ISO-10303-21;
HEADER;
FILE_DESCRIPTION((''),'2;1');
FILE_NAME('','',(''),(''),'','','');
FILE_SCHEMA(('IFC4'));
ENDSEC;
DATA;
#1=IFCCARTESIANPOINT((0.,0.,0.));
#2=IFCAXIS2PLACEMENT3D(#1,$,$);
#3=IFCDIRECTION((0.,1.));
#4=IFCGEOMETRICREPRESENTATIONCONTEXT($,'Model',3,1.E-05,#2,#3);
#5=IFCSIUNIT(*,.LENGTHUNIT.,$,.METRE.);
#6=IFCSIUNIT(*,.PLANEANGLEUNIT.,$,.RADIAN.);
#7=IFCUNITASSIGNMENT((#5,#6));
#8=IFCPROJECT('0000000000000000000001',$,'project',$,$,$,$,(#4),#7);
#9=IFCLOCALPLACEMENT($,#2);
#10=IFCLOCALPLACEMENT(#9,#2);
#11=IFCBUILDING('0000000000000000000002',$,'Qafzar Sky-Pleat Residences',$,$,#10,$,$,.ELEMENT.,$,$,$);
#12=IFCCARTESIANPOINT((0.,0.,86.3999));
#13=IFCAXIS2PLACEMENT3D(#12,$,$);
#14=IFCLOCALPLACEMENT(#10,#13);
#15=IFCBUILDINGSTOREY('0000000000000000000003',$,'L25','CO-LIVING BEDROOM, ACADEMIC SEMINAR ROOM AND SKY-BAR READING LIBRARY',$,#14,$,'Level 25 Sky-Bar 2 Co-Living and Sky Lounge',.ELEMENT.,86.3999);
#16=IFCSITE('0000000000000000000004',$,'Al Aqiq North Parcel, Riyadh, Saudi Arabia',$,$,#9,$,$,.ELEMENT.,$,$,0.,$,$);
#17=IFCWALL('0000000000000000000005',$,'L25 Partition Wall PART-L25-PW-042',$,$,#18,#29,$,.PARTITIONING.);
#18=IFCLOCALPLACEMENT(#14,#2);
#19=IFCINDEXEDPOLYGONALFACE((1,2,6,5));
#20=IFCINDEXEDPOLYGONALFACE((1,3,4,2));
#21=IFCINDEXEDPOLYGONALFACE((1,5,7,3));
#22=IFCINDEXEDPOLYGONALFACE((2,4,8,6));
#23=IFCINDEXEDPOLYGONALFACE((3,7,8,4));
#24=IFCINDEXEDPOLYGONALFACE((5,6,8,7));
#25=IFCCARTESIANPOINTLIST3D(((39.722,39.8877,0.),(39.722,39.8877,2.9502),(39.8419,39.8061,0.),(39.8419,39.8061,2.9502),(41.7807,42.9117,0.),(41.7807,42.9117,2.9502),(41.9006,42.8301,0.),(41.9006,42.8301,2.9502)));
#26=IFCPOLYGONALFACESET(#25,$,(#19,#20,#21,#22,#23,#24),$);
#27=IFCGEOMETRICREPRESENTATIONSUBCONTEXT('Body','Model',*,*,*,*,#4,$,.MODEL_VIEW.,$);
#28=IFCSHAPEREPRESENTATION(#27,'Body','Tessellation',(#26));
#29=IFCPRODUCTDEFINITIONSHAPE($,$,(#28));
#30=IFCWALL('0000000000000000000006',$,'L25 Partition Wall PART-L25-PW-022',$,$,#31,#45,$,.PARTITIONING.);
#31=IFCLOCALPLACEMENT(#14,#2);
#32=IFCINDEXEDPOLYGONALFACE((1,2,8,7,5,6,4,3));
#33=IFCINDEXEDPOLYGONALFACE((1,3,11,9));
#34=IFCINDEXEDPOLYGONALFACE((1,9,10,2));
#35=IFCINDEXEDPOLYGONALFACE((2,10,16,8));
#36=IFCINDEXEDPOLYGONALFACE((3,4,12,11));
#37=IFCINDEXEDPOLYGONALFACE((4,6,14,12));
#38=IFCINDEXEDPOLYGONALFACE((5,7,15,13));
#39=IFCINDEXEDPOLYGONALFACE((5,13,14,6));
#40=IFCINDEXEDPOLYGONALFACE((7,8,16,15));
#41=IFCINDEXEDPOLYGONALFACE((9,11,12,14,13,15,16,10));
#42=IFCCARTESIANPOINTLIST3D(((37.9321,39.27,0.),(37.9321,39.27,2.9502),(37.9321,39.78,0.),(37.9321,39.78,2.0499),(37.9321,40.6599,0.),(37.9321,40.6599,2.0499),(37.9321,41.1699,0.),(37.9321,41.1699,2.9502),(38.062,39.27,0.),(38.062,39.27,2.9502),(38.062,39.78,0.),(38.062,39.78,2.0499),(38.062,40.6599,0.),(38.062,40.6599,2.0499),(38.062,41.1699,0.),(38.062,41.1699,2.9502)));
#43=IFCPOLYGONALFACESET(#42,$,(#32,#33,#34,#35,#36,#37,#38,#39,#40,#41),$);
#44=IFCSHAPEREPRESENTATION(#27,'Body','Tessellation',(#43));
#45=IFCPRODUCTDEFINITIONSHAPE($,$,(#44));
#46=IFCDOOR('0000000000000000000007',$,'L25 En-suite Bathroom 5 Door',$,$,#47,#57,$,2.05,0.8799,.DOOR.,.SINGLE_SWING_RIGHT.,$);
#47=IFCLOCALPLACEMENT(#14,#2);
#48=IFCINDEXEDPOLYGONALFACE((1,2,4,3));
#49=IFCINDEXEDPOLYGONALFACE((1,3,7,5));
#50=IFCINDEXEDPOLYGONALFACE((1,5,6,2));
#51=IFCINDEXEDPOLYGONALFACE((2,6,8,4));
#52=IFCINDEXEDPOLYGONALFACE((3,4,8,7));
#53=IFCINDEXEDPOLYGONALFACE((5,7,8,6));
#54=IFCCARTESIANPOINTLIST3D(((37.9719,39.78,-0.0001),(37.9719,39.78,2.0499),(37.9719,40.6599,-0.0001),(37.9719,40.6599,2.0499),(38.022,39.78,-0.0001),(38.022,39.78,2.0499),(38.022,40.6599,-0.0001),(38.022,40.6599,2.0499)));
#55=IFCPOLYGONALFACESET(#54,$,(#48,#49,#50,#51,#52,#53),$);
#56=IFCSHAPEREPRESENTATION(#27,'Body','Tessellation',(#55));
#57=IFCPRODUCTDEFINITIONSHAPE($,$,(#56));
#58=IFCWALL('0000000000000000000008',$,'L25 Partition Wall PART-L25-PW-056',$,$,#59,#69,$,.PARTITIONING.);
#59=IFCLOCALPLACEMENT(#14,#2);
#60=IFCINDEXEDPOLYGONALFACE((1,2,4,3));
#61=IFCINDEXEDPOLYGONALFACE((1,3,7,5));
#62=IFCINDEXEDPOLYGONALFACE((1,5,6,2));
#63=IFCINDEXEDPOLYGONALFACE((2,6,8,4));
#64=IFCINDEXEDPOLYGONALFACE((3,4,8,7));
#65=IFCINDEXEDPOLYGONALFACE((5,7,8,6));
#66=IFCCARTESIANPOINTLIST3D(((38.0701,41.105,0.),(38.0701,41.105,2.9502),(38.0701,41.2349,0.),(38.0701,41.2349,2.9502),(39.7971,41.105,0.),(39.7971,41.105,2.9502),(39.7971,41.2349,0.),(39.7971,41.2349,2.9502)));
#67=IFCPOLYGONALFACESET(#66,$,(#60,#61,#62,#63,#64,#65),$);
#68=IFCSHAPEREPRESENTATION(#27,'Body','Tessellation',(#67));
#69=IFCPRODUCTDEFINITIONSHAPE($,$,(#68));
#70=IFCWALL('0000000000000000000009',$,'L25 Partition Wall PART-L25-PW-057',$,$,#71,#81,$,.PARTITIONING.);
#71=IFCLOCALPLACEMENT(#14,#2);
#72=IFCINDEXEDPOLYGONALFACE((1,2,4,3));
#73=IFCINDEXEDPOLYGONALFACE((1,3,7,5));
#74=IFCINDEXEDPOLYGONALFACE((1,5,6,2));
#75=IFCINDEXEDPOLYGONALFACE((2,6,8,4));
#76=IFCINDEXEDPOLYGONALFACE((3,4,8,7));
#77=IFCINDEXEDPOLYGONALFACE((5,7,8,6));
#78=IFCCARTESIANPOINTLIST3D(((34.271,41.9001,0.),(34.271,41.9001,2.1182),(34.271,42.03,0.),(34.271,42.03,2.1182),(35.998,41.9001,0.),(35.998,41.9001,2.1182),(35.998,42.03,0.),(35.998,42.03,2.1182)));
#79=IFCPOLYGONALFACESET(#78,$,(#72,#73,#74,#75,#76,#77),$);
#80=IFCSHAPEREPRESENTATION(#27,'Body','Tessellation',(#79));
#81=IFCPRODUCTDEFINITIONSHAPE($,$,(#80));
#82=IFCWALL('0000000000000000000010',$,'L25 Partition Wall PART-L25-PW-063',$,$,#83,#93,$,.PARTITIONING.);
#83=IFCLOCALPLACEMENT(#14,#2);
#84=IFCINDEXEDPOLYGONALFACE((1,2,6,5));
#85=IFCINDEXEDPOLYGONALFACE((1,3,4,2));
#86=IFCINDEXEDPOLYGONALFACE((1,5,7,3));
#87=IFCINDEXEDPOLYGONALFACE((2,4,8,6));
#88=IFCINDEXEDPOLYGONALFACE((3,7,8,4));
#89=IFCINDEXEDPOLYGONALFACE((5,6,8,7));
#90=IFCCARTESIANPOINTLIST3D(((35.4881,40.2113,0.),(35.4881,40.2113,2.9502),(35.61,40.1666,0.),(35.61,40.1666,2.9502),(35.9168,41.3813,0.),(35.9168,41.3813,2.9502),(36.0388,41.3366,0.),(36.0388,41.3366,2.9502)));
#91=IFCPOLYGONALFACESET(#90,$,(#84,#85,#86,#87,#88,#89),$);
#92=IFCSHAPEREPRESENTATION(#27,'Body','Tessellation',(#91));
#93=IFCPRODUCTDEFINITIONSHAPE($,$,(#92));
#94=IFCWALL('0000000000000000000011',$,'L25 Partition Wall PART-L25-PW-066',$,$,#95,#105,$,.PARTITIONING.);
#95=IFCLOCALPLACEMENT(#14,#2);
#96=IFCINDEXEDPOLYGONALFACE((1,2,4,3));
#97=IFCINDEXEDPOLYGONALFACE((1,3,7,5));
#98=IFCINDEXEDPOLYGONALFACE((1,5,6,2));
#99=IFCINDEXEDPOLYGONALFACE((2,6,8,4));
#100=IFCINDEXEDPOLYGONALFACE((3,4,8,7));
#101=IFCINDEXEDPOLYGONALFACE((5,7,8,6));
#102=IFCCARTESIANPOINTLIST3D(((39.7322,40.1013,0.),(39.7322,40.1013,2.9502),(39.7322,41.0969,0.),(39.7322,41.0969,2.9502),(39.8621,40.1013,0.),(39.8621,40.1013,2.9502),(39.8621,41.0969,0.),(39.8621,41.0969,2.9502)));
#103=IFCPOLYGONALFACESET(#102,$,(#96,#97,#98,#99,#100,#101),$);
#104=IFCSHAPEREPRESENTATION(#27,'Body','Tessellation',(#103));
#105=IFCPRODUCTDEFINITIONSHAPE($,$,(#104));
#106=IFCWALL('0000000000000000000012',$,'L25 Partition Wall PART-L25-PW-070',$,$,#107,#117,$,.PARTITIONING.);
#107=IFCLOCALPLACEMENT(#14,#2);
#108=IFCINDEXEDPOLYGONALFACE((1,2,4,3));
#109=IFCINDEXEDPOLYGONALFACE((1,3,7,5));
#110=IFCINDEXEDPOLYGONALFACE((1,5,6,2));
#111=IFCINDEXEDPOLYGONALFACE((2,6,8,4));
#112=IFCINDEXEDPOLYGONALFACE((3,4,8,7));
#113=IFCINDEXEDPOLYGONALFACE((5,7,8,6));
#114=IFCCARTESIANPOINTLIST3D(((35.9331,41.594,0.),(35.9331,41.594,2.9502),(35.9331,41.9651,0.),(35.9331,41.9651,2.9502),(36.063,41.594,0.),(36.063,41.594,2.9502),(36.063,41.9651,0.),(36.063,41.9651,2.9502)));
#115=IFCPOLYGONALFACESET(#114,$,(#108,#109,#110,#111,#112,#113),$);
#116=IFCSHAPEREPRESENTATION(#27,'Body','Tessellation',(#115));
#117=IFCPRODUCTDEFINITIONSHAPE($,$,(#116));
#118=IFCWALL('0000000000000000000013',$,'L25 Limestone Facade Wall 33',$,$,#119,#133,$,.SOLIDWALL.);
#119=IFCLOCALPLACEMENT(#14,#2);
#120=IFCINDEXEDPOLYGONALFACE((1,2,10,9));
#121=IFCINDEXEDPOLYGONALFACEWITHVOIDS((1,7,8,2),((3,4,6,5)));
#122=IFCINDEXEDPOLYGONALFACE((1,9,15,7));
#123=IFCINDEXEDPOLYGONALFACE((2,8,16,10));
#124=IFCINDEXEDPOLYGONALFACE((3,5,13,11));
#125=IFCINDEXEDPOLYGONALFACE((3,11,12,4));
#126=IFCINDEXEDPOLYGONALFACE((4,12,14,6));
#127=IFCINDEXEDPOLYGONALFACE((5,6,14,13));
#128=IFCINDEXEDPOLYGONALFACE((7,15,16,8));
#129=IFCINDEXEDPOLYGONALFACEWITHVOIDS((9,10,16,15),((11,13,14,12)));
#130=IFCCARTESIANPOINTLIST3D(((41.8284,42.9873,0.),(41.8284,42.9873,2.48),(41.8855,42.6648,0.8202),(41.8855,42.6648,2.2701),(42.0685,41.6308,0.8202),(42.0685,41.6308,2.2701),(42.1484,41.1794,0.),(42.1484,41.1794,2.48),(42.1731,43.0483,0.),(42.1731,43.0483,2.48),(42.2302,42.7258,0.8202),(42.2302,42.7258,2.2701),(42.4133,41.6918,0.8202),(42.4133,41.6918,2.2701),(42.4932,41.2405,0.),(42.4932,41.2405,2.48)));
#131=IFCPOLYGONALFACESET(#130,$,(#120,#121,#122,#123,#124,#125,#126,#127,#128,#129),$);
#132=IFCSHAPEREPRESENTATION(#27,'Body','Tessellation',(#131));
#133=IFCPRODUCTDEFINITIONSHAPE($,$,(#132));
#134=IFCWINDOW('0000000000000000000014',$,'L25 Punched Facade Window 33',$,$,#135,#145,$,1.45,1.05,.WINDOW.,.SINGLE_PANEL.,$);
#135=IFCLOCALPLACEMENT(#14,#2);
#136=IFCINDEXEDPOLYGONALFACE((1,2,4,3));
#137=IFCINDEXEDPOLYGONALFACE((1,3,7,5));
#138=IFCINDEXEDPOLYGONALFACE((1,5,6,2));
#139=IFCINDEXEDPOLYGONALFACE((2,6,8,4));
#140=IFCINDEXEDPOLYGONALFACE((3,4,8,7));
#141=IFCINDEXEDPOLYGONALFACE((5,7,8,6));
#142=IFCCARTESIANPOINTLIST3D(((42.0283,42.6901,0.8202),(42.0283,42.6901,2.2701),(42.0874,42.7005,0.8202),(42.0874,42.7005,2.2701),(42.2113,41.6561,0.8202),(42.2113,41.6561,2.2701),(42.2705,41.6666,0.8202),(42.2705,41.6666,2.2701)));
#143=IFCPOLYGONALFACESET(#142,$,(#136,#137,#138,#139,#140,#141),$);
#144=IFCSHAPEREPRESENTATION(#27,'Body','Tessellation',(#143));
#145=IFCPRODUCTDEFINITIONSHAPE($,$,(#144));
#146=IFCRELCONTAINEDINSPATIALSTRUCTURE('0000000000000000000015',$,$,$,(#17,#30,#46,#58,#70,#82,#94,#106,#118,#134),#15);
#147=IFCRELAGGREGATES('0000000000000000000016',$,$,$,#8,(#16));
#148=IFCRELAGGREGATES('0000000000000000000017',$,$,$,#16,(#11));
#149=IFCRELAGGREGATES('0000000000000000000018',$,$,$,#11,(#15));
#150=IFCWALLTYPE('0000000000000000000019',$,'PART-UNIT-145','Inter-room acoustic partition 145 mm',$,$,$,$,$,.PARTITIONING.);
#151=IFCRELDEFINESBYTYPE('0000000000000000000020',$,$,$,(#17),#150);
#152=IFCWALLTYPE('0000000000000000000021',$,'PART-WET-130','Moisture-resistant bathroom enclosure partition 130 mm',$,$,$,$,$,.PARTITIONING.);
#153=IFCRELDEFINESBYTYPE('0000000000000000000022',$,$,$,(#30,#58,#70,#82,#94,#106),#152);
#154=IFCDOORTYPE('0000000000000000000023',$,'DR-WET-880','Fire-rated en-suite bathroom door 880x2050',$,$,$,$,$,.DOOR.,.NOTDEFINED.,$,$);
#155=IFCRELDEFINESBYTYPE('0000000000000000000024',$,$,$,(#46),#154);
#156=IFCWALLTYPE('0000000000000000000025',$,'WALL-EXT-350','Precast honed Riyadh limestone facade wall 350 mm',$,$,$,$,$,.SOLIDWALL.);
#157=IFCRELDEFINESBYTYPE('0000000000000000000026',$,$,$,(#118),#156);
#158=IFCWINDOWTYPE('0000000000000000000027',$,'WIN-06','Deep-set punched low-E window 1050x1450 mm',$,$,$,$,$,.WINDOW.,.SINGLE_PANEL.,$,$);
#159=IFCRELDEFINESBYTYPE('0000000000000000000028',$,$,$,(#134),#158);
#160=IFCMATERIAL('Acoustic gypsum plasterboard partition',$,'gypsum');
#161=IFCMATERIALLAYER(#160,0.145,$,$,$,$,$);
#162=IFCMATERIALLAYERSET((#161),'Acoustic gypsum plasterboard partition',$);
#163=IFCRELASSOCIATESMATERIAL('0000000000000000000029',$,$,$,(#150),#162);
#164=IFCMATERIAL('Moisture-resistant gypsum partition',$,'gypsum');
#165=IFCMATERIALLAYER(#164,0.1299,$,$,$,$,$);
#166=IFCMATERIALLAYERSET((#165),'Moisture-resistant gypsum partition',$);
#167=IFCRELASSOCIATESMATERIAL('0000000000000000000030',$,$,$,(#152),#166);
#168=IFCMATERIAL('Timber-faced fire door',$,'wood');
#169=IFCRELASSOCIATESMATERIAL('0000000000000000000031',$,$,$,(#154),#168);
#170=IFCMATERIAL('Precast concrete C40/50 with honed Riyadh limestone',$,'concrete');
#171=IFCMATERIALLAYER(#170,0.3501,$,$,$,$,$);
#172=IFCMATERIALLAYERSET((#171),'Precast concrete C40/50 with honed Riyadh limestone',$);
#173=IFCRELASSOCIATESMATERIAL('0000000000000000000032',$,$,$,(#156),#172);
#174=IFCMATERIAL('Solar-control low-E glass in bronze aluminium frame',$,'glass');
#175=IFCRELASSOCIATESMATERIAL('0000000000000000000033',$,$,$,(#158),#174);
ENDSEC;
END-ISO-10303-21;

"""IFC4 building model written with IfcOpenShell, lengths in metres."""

from ifc_helpers import new_model, si_unit, direction, frame, frame_2d, origin, place, context, subcontext, project, spatial, rectangle, extrude, source, transform, mapped, material, layer, layer_set, type_object, element, fill, save


model = new_model("IFC4")

# Units and contexts
model_context = context("Model", 3, precision=1e-05, world=origin(), true_north=direction((0.0, 1.0)))
body_context = subcontext(model_context, "Body", "Model", "MODEL_VIEW")
ifc_project = project(units=[si_unit("LENGTHUNIT", "METRE"), si_unit("PLANEANGLEUNIT", "RADIAN")], contexts=[model_context])

# Site, building, storey
site_placement = place(None, origin())
site = spatial("IfcSite", under=ifc_project, at=site_placement, Name="Al Aqiq North Parcel, Riyadh, Saudi Arabia", CompositionType="ELEMENT", RefElevation=0.0)
building_placement = place(site_placement, origin())
building = spatial("IfcBuilding", under=site, at=building_placement, Name="Qafzar Sky-Pleat Residences", CompositionType="ELEMENT")
storey_placement = place(building_placement, frame((0.0, 0.0, 86.3999)))
storey = spatial("IfcBuildingStorey", under=building, at=storey_placement, Name="L25", Description="CO-LIVING BEDROOM, ACADEMIC SEMINAR ROOM AND SKY-BAR READING LIBRARY", LongName="Level 25 Sky-Bar 2 Co-Living and Sky Lounge", CompositionType="ELEMENT", Elevation=86.3999)

# Wall
ifc_material_1 = material(Name="Acoustic gypsum plasterboard partition", Category="gypsum")
ifc_layer_1 = layer(ifc_material_1, 0.145)
ifc_layer_set_1 = layer_set([ifc_layer_1], Name="Acoustic gypsum plasterboard partition")
wall_type_1 = type_object("IfcWallType", Name="PART-UNIT-145", Description="Inter-room acoustic partition 145 mm", PredefinedType="PARTITIONING", material=ifc_layer_set_1)
wall_1_placement = place(storey_placement, frame((39.782, 39.8469, 0.0), z_axis=(0.0, 0.0, 1.0), x_axis=(0.562744, 0.826631, 0.0)))
element("IfcWall", 1, at=wall_1_placement, inside=storey, type_object=wall_type_1, Name="L25 Partition Wall PART-L25-PW-042", PredefinedType="PARTITIONING", context=body_context, shape_type="SweptSolid", body=[
    extrude(rectangle(XDim=3.6582, YDim=0.145, at=frame_2d((1.8291, 0.0))), origin(), (0.0, 0.0, 1.0), 2.9502),
])

# Wall, opening, door
ifc_material_2 = material(Name="Moisture-resistant gypsum partition", Category="gypsum")
ifc_layer_2 = layer(ifc_material_2, 0.1299)
ifc_layer_set_2 = layer_set([ifc_layer_2], Name="Moisture-resistant gypsum partition")
wall_type_2 = type_object("IfcWallType", Name="PART-WET-130", Description="Moisture-resistant bathroom enclosure partition 130 mm", PredefinedType="PARTITIONING", material=ifc_layer_set_2)
wall_2_placement = place(storey_placement, frame((37.9971, 41.1699, 0.0), z_axis=(0.0, 0.0, 1.0), x_axis=(0.0, -1.0, 0.0)))
wall_2 = element("IfcWall", 2, at=wall_2_placement, inside=storey, type_object=wall_type_2, Name="L25 Partition Wall PART-L25-PW-022", PredefinedType="PARTITIONING", context=body_context, shape_type="SweptSolid", body=[
    extrude(rectangle(XDim=1.8999, YDim=0.1299, at=frame_2d((0.95, 0.0))), origin(), (0.0, 0.0, 1.0), 2.9502),
])
opening_1_placement = place(wall_2_placement, frame((0.51, 0.0, 0.0)))
opening_1 = element("IfcOpeningElement", 3, at=opening_1_placement, cuts=wall_2, PredefinedType="OPENING", context=body_context, shape_type="SweptSolid", body=[
    extrude(rectangle(XDim=0.8799, YDim=2.05, at=frame_2d((0.4399, 1.0249))), frame((0.0, 0.075, 0.0), z_axis=(0.0, -1.0, 0.0), x_axis=(1.0, 0.0, 0.0)), (0.0, 0.0, 1.0), 0.1499),
])
ifc_material_3 = material(Name="Timber-faced fire door", Category="wood")
door_type = type_object("IfcDoorType", Name="DR-WET-880", Description="Fire-rated en-suite bathroom door 880x2050", OperationType="NOTDEFINED", PredefinedType="DOOR", material=ifc_material_3)
shared_shape_1 = source(origin(), body_context, "Body", "SweptSolid", [
    extrude(rectangle(XDim=0.8799, YDim=2.05, at=frame_2d((0.4399, 1.0249))), frame((0.0, 0.0249, 0.0), z_axis=(0.0, -1.0, 0.0), x_axis=(1.0, 0.0, 0.0)), (0.0, 0.0, 1.0), 0.05),
])
door_placement = place(opening_1_placement, origin())
door = element("IfcDoor", 4, at=door_placement, inside=storey, type_object=door_type, Name="L25 En-suite Bathroom 5 Door", OperationType="SINGLE_SWING_RIGHT", OverallHeight=2.05, OverallWidth=0.8799, PredefinedType="DOOR", context=body_context, shape_type="MappedRepresentation", body=[
    mapped(shared_shape_1, transform((0.0, 0.0, 0.0), x_axis=(1.0, 0.0, 0.0), y_axis=(0.0, 1.0, 0.0), z_axis=(0.0, 0.0, 1.0), scale=1.0)),
])
fill(opening_1, door)

# Walls
wall_3_placement = place(storey_placement, frame((38.0701, 41.1699, 0.0), z_axis=(0.0, 0.0, 1.0), x_axis=(1.0, 0.0, 0.0)))
element("IfcWall", 5, at=wall_3_placement, inside=storey, type_object=wall_type_2, Name="L25 Partition Wall PART-L25-PW-056", PredefinedType="PARTITIONING", context=body_context, shape_type="SweptSolid", body=[
    extrude(rectangle(XDim=1.7271, YDim=0.1299, at=frame_2d((0.8635, 0.0))), origin(), (0.0, 0.0, 1.0), 2.9502),
])
wall_4_placement = place(storey_placement, frame((34.271, 41.9651, 0.0), z_axis=(0.0, 0.0, 1.0), x_axis=(1.0, 0.0, 0.0)))
element("IfcWall", 6, at=wall_4_placement, inside=storey, type_object=wall_type_2, Name="L25 Partition Wall PART-L25-PW-057", PredefinedType="PARTITIONING", context=body_context, shape_type="SweptSolid", body=[
    extrude(rectangle(XDim=1.7271, YDim=0.1299, at=frame_2d((0.8635, 0.0))), origin(), (0.0, 0.0, 1.0), 2.1182),
])
wall_5_placement = place(storey_placement, frame((35.5491, 40.189, 0.0), z_axis=(0.0, 0.0, 1.0), x_axis=(0.34407, 0.938944, 0.0)))
element("IfcWall", 7, at=wall_5_placement, inside=storey, type_object=wall_type_2, Name="L25 Partition Wall PART-L25-PW-063", PredefinedType="PARTITIONING", context=body_context, shape_type="SweptSolid", body=[
    extrude(rectangle(XDim=1.2461, YDim=0.1299, at=frame_2d((0.623, 0.0))), origin(), (0.0, 0.0, 1.0), 2.9502),
])
wall_6_placement = place(storey_placement, frame((39.7971, 40.1013, 0.0), z_axis=(0.0, 0.0, 1.0), x_axis=(0.0, 1.0, 0.0)))
element("IfcWall", 8, at=wall_6_placement, inside=storey, type_object=wall_type_2, Name="L25 Partition Wall PART-L25-PW-066", PredefinedType="PARTITIONING", context=body_context, shape_type="SweptSolid", body=[
    extrude(rectangle(XDim=0.9956, YDim=0.1299, at=frame_2d((0.4978, 0.0))), origin(), (0.0, 0.0, 1.0), 2.9502),
])
wall_7_placement = place(storey_placement, frame((35.998, 41.594, 0.0), z_axis=(0.0, 0.0, 1.0), x_axis=(0.0, 1.0, 0.0)))
element("IfcWall", 9, at=wall_7_placement, inside=storey, type_object=wall_type_2, Name="L25 Partition Wall PART-L25-PW-070", PredefinedType="PARTITIONING", context=body_context, shape_type="SweptSolid", body=[
    extrude(rectangle(XDim=0.3711, YDim=0.1299, at=frame_2d((0.1855, 0.0))), origin(), (0.0, 0.0, 1.0), 2.9502),
])

# Wall, opening, window
ifc_material_4 = material(Name="Precast concrete C40/50 with honed Riyadh limestone", Category="concrete")
ifc_layer_3 = layer(ifc_material_4, 0.3501)
ifc_layer_set_3 = layer_set([ifc_layer_3], Name="Precast concrete C40/50 with honed Riyadh limestone")
wall_type_3 = type_object("IfcWallType", Name="WALL-EXT-350", Description="Precast honed Riyadh limestone facade wall 350 mm", PredefinedType="SOLIDWALL", material=ifc_layer_set_3)
wall_8_placement = place(storey_placement, frame((42.3208, 41.21, 0.0), z_axis=(0.0, 0.0, 1.0), x_axis=(-0.174331, 0.984687, 0.0)))
wall_8 = element("IfcWall", 10, at=wall_8_placement, inside=storey, type_object=wall_type_3, Name="L25 Limestone Facade Wall 33", PredefinedType="SOLIDWALL", context=body_context, shape_type="SweptSolid", body=[
    extrude(rectangle(XDim=1.8359, YDim=0.3501, at=frame_2d((0.918, 0.0))), origin(), (0.0, 0.0, 1.0), 2.48),
])
opening_2_placement = place(wall_8_placement, frame((0.4585, 0.0, 0.8201)))
opening_2 = element("IfcOpeningElement", 11, at=opening_2_placement, cuts=wall_8, PredefinedType="OPENING", context=body_context, shape_type="SweptSolid", body=[
    extrude(rectangle(XDim=1.05, YDim=1.45, at=frame_2d((0.5249, 0.7251))), frame((0.0, 0.1851, 0.0), z_axis=(0.0, -1.0, 0.0), x_axis=(1.0, 0.0, 0.0)), (0.0, 0.0, 1.0), 0.3701),
])
ifc_material_5 = material(Name="Solar-control low-E glass in bronze aluminium frame", Category="glass")
window_type_1 = type_object("IfcWindowType", Name="WIN-06", Description="Deep-set punched low-E window 1050x1450 mm", PartitioningType="SINGLE_PANEL", PredefinedType="WINDOW", material=ifc_material_5)
shared_shape_2 = source(origin(), body_context, "Body", "SweptSolid", [
    extrude(rectangle(XDim=1.05, YDim=1.45, at=frame_2d((0.5249, 0.7251))), frame((0.0, 0.03, 0.0), z_axis=(0.0, -1.0, 0.0), x_axis=(1.0, 0.0, 0.0)), (0.0, 0.0, 1.0), 0.0601),
])
window_1_placement = place(opening_2_placement, origin())
window_1 = element("IfcWindow", 12, at=window_1_placement, inside=storey, type_object=window_type_1, Name="L25 Punched Facade Window 33", OverallHeight=1.45, OverallWidth=1.05, PartitioningType="SINGLE_PANEL", PredefinedType="WINDOW", context=body_context, shape_type="MappedRepresentation", body=[
    mapped(shared_shape_2, transform((0.0, 0.0, 0.0), x_axis=(1.0, 0.0, 0.0), y_axis=(0.0, 1.0, 0.0), z_axis=(0.0, 0.0, 1.0), scale=1.0)),
])
fill(opening_2, window_1)

save(model, "model.ifc")
